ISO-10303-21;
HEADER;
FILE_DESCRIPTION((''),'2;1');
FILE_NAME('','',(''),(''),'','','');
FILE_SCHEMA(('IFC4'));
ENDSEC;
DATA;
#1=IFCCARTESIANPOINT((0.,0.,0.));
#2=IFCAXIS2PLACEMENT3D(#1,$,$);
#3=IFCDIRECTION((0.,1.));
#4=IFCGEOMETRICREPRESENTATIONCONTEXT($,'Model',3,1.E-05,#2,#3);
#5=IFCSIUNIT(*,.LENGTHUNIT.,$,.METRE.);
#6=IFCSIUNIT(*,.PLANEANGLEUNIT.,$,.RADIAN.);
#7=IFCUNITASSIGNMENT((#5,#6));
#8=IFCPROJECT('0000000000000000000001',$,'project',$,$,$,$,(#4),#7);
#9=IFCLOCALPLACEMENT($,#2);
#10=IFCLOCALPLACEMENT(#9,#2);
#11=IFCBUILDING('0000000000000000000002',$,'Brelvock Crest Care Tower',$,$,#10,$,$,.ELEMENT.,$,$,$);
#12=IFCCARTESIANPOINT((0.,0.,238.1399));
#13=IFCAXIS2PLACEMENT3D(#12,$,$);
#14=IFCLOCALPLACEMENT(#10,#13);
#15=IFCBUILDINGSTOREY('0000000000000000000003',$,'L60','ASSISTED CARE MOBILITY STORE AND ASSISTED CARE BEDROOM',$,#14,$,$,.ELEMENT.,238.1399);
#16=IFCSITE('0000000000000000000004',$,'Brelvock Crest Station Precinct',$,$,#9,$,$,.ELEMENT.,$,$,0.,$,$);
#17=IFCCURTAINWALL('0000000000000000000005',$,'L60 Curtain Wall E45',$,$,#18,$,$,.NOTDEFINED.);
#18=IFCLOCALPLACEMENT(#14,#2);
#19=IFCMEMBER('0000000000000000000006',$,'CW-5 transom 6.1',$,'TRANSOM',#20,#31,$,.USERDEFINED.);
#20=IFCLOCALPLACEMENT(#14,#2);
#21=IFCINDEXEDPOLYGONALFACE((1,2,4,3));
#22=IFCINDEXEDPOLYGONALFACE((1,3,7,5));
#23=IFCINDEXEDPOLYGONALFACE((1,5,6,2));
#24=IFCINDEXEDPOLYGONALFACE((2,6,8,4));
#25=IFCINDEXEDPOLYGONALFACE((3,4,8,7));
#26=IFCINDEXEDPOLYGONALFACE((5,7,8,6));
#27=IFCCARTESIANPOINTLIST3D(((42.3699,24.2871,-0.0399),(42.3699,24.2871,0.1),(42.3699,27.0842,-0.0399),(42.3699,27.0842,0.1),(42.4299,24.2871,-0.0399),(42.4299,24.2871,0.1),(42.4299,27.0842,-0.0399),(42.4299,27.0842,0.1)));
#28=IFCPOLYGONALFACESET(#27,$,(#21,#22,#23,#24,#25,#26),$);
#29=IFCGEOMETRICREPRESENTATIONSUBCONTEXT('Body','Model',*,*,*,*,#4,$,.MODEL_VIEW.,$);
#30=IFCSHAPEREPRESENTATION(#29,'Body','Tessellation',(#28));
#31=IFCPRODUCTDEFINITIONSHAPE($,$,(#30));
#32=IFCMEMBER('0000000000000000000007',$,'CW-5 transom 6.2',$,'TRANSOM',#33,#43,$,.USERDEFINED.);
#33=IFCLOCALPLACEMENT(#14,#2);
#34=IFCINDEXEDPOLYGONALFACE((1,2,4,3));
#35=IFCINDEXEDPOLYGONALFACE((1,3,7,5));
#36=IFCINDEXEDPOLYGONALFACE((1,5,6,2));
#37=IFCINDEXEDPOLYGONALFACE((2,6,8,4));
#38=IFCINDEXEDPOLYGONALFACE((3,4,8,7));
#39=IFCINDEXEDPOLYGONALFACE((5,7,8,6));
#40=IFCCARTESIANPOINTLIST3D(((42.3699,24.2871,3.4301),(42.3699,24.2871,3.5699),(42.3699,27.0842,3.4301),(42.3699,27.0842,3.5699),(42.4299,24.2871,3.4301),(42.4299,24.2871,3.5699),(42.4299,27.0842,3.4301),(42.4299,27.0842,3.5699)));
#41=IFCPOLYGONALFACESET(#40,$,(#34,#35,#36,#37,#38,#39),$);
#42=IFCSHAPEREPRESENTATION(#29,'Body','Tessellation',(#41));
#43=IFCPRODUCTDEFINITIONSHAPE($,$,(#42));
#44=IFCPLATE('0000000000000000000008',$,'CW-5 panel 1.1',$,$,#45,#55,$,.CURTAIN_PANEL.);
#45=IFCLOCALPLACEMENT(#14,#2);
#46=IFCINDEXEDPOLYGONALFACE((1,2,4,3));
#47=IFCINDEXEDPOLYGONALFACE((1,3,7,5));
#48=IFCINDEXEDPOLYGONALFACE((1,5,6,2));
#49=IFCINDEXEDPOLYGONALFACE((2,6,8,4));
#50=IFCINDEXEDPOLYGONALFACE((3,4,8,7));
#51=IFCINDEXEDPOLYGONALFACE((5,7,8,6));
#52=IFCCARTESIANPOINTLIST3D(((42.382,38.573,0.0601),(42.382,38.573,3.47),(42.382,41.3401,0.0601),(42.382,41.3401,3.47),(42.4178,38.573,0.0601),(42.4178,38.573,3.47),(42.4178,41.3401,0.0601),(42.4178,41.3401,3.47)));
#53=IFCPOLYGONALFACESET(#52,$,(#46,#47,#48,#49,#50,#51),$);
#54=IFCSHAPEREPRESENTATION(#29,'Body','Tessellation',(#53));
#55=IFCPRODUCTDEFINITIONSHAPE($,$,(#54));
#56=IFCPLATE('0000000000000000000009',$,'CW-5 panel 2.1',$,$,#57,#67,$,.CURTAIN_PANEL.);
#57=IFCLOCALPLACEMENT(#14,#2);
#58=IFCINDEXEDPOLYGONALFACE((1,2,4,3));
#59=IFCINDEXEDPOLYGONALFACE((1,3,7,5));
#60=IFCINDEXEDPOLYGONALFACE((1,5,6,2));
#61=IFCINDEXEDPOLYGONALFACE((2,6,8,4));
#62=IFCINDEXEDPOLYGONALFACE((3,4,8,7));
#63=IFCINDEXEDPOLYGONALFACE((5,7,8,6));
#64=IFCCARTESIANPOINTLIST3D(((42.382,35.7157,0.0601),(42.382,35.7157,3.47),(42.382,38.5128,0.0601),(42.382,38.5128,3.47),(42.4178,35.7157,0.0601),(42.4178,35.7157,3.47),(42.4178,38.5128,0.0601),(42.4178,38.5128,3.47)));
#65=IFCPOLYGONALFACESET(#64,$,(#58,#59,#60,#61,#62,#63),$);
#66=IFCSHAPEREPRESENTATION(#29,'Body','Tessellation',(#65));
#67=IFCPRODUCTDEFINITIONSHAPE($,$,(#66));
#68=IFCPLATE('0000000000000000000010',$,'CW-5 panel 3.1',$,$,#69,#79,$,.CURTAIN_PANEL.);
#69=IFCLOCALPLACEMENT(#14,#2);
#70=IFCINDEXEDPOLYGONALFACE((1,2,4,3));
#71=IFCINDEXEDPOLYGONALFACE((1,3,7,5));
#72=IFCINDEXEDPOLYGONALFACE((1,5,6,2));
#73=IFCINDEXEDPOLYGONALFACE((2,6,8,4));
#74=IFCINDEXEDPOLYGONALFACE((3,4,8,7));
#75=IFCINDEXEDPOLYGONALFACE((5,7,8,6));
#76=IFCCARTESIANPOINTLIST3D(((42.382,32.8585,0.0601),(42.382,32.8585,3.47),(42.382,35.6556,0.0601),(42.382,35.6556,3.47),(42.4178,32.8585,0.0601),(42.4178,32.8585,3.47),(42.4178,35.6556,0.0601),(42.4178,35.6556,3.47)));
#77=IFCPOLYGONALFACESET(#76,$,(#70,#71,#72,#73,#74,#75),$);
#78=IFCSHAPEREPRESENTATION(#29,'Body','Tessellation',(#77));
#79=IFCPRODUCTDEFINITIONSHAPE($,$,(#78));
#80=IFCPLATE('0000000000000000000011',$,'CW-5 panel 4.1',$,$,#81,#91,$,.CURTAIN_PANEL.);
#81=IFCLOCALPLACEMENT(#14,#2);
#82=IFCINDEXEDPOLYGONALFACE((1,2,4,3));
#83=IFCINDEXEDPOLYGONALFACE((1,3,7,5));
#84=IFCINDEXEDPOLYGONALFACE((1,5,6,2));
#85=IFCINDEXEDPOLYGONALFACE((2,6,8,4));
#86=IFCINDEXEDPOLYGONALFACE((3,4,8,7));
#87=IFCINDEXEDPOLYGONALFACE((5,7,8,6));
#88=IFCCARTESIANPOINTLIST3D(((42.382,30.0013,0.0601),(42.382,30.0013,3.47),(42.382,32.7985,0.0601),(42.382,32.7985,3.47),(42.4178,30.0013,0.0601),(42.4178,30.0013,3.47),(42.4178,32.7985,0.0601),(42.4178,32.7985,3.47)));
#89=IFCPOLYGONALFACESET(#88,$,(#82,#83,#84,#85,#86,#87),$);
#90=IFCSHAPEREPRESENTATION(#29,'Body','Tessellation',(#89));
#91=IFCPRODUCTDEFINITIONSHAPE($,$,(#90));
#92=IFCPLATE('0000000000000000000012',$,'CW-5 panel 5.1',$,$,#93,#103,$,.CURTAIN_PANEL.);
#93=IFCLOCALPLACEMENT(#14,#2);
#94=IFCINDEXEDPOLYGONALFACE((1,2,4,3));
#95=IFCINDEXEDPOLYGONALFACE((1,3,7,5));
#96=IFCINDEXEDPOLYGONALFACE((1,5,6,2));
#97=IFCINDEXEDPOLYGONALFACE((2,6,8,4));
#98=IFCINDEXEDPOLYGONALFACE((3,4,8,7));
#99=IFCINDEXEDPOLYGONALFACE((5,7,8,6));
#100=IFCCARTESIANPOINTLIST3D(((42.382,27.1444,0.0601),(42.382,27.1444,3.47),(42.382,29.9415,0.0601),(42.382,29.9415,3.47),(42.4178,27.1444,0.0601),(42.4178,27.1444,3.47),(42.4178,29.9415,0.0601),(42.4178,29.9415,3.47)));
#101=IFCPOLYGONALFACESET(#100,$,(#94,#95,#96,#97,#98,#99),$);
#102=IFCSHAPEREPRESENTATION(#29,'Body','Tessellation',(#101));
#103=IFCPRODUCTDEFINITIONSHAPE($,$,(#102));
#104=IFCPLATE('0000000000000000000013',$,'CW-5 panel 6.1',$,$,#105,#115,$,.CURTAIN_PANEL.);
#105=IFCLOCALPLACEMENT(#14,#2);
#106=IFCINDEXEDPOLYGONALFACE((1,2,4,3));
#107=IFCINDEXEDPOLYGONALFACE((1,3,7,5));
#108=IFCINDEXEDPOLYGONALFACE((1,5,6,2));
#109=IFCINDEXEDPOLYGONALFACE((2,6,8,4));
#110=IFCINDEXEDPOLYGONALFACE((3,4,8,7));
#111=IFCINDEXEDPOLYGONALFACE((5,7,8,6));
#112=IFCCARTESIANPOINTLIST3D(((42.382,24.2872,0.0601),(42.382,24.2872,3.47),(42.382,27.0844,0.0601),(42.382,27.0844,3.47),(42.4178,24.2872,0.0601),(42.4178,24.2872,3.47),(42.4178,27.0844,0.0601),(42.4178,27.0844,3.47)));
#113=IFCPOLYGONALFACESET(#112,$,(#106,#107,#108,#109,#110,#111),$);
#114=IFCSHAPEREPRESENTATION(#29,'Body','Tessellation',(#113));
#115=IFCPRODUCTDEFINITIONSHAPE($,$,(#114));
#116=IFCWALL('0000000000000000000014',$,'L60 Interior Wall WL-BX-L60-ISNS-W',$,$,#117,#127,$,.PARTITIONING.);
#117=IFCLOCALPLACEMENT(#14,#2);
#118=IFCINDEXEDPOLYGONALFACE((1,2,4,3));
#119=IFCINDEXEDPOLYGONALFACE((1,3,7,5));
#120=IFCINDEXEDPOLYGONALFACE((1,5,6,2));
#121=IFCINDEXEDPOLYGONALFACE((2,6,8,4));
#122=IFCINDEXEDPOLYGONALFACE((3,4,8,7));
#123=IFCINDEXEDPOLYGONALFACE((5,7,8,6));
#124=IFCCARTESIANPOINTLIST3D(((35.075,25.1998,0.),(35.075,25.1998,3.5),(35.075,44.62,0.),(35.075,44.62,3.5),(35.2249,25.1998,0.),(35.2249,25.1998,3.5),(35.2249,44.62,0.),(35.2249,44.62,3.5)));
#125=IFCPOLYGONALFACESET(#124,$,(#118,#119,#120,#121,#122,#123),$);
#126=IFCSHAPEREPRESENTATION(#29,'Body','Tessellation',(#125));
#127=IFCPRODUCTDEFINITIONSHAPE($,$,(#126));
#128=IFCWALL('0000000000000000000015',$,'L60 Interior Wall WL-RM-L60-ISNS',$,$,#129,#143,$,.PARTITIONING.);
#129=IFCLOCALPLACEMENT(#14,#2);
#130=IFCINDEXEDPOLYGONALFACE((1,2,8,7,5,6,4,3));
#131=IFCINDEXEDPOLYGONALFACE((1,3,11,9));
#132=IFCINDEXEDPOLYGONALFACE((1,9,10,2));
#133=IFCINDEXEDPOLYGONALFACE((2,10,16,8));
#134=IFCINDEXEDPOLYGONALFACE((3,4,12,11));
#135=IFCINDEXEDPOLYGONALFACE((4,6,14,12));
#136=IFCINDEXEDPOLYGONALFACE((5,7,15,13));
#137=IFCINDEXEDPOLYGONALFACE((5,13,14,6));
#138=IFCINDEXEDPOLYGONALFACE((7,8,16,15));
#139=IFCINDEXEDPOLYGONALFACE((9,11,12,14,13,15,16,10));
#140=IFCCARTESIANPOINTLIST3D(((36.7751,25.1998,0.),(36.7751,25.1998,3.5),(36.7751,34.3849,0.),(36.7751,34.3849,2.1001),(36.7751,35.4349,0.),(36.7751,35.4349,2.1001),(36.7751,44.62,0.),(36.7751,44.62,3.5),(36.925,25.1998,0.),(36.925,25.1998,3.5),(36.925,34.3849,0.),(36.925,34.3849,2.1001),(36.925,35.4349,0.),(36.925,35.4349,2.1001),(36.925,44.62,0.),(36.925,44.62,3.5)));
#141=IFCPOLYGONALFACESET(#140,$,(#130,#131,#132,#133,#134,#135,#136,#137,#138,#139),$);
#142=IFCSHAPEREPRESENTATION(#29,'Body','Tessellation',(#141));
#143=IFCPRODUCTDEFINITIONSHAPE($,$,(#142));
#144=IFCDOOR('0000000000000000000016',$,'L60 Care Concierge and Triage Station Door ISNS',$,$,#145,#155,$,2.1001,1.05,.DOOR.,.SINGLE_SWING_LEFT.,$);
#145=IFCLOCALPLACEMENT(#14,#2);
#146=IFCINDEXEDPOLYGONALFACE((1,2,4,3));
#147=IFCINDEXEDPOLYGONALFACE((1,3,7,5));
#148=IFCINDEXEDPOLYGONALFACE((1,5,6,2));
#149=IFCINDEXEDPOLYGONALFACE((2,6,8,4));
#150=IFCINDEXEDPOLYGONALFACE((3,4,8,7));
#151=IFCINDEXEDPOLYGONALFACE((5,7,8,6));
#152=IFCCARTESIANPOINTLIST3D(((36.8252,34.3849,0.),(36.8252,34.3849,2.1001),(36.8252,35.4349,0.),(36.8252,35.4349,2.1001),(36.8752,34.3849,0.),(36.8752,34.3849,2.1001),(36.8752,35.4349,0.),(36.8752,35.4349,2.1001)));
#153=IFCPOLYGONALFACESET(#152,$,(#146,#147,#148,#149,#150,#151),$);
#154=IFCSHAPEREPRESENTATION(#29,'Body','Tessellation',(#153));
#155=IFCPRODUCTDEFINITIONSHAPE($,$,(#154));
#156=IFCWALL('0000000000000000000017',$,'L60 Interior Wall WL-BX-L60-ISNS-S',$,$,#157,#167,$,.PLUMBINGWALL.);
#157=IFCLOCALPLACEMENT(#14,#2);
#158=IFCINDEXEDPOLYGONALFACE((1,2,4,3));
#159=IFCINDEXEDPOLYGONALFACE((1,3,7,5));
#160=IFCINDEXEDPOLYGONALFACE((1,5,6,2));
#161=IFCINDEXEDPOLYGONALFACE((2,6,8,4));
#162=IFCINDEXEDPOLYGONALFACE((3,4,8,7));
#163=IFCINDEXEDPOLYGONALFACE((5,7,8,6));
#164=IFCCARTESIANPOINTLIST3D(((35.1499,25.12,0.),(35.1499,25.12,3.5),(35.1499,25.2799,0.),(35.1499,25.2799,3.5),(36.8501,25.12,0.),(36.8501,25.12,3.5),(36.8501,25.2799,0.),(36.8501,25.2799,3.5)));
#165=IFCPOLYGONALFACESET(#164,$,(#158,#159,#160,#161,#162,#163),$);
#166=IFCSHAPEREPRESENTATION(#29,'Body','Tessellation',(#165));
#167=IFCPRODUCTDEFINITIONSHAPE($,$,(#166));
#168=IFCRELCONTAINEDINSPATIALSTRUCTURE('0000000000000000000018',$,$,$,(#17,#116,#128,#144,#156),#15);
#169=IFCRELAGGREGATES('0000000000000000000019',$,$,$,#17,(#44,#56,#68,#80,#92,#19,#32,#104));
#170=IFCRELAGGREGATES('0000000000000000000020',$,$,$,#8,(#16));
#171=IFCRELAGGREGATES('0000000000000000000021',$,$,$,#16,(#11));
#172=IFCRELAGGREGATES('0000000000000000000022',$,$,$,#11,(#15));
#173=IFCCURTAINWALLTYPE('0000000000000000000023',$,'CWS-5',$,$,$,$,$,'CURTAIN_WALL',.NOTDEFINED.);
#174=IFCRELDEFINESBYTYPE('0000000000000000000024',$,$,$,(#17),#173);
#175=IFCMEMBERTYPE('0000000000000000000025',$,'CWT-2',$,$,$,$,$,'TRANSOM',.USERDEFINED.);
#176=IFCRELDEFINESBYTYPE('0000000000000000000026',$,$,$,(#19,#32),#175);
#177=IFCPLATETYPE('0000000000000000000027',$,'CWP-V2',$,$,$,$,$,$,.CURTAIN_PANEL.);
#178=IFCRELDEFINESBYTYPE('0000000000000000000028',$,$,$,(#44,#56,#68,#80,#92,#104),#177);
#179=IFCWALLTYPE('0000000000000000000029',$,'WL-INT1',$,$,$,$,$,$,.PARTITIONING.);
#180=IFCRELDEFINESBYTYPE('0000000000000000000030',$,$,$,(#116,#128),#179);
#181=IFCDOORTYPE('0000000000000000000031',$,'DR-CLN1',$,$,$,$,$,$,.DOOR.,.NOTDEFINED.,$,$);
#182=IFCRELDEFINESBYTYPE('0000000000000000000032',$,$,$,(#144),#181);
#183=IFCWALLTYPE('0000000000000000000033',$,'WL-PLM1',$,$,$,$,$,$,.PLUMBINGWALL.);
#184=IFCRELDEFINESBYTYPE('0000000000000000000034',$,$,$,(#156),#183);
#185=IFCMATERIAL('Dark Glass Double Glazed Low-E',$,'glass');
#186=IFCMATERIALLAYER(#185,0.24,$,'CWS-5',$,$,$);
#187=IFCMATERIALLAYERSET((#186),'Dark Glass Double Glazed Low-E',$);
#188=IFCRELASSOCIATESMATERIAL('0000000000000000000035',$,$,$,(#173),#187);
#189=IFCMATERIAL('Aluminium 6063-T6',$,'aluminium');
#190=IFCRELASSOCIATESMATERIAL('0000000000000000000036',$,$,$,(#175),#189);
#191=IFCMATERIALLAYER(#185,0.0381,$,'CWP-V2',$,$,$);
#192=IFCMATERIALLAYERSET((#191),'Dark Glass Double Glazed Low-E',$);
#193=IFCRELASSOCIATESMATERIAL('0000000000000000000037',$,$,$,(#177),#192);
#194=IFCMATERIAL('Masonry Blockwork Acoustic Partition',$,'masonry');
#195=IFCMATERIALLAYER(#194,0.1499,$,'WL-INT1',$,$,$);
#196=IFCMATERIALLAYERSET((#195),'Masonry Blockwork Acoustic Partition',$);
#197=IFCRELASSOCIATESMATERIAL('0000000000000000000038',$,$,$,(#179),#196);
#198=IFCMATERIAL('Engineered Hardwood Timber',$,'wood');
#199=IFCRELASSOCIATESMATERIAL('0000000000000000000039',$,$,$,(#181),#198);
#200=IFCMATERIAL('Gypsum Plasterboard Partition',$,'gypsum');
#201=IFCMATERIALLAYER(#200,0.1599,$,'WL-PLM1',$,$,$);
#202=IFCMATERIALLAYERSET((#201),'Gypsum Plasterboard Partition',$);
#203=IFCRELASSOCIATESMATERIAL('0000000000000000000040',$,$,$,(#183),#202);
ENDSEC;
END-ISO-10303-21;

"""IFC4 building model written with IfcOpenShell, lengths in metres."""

from ifc_helpers import new_model, si_unit, direction, frame, frame_2d, origin, origin_2d, place, context, subcontext, project, spatial, rectangle, extrude, source, transform, mapped, material, layer, layer_set, material_profile, profile_set, type_object, element, fill, aggregate, save


model = new_model("IFC4")

# Units and contexts
model_context = context("Model", 3, precision=1e-05, world=origin(), true_north=direction((0.0, 1.0)))
body_context = subcontext(model_context, "Body", "Model", "MODEL_VIEW")
ifc_project = project(units=[si_unit("LENGTHUNIT", "METRE"), si_unit("PLANEANGLEUNIT", "RADIAN")], contexts=[model_context])

# Site, building, storey
site_placement = place(None, origin())
site = spatial("IfcSite", under=ifc_project, at=site_placement, Name="Brelvock Crest Station Precinct", CompositionType="ELEMENT", RefElevation=0.0)
building_placement = place(site_placement, origin())
building = spatial("IfcBuilding", under=site, at=building_placement, Name="Brelvock Crest Care Tower", CompositionType="ELEMENT")
storey_placement = place(building_placement, frame((0.0, 0.0, 238.1399)))
storey = spatial("IfcBuildingStorey", under=building, at=storey_placement, Name="L60", Description="ASSISTED CARE MOBILITY STORE AND ASSISTED CARE BEDROOM", CompositionType="ELEMENT", Elevation=238.1399)

# Curtain wall, members, plates
ifc_material_1 = material(Name="Dark Glass Double Glazed Low-E", Category="glass")
ifc_layer_1 = layer(ifc_material_1, 0.24, Name="CWS-5")
ifc_layer_set_1 = layer_set([ifc_layer_1], Name="Dark Glass Double Glazed Low-E")
curtain_wall_type = type_object("IfcCurtainWallType", Name="CWS-5", ElementType="CURTAIN_WALL", PredefinedType="NOTDEFINED", material=ifc_layer_set_1)
curtain_wall_placement = place(storey_placement, origin())
curtain_wall = element("IfcCurtainWall", 1, at=curtain_wall_placement, inside=storey, type_object=curtain_wall_type, Name="L60 Curtain Wall E45", PredefinedType="NOTDEFINED")
ifc_material_2 = material(Name="Aluminium 6063-T6", Category="aluminium")
ifc_material_profile_1 = material_profile(ifc_material_2, rectangle(XDim=0.0601, YDim=0.1399, at=origin_2d()), Name="ALU60x140")
ifc_profile_set_1 = profile_set([ifc_material_profile_1], Name="Aluminium 6063-T6")
member_type_1 = type_object("IfcMemberType", Name="CWT-2", ElementType="TRANSOM", PredefinedType="USERDEFINED", material=ifc_profile_set_1)
shared_shape_1 = source(origin(), body_context, "Body", "SweptSolid", [
    extrude(rectangle(XDim=0.0601, YDim=0.1399, at=origin_2d()), origin(), (0.0, 0.0, 1.0), 2.7971),
])
member_1_placement = place(storey_placement, frame((42.3999, 27.0842, 0.03), z_axis=(0.0, -1.0, 0.0), x_axis=(1.0, 0.0, 0.0)))
member_1 = element("IfcMember", 2, at=member_1_placement, type_object=member_type_1, Name="CW-5 transom 6.1", ObjectType="TRANSOM", PredefinedType="USERDEFINED", context=body_context, shape_type="MappedRepresentation", body=[
    mapped(shared_shape_1, transform((0.0, 0.0, 0.0), x_axis=(1.0, 0.0, 0.0), y_axis=(0.0, 1.0, 0.0), z_axis=(0.0, 0.0, 1.0), scale=1.0)),
])
member_2_placement = place(storey_placement, frame((42.3999, 27.0842, 3.5), z_axis=(0.0, -1.0, 0.0), x_axis=(1.0, 0.0, 0.0)))
member_2 = element("IfcMember", 3, at=member_2_placement, type_object=member_type_1, Name="CW-5 transom 6.2", ObjectType="TRANSOM", PredefinedType="USERDEFINED", context=body_context, shape_type="MappedRepresentation", body=[
    mapped(shared_shape_1, transform((0.0, 0.0, 0.0), x_axis=(1.0, 0.0, 0.0), y_axis=(0.0, 1.0, 0.0), z_axis=(0.0, 0.0, 1.0), scale=1.0)),
])
ifc_layer_2 = layer(ifc_material_1, 0.0381, Name="CWP-V2")
ifc_layer_set_2 = layer_set([ifc_layer_2], Name="Dark Glass Double Glazed Low-E")
plate_type = type_object("IfcPlateType", Name="CWP-V2", PredefinedType="CURTAIN_PANEL", material=ifc_layer_set_2)
shared_shape_2 = source(origin(), body_context, "Body", "SweptSolid", [
    extrude(rectangle(XDim=2.7671, YDim=0.0359, at=origin_2d()), origin(), (0.0, 0.0, 1.0), 3.4099),
])
plate_1_placement = place(storey_placement, frame((42.3999, 39.9565, 0.0601), z_axis=(0.0, 0.0, 1.0), x_axis=(0.0, -1.0, 0.0)))
plate_1 = element("IfcPlate", 4, at=plate_1_placement, type_object=plate_type, Name="CW-5 panel 1.1", PredefinedType="CURTAIN_PANEL", context=body_context, shape_type="MappedRepresentation", body=[
    mapped(shared_shape_2, transform((0.0, 0.0, 0.0), x_axis=(1.0, 0.0, 0.0), y_axis=(0.0, 1.0, 0.0), z_axis=(0.0, 0.0, 1.0), scale=1.0)),
])
shared_shape_3 = source(origin(), body_context, "Body", "SweptSolid", [
    extrude(rectangle(XDim=2.7971, YDim=0.0359, at=origin_2d()), origin(), (0.0, 0.0, 1.0), 3.4099),
])
plate_2_placement = place(storey_placement, frame((42.3999, 37.1143, 0.0601), z_axis=(0.0, 0.0, 1.0), x_axis=(0.0, -1.0, 0.0)))
plate_2 = element("IfcPlate", 5, at=plate_2_placement, type_object=plate_type, Name="CW-5 panel 2.1", PredefinedType="CURTAIN_PANEL", context=body_context, shape_type="MappedRepresentation", body=[
    mapped(shared_shape_3, transform((0.0, 0.0, 0.0), x_axis=(1.0, 0.0, 0.0), y_axis=(0.0, 1.0, 0.0), z_axis=(0.0, 0.0, 1.0), scale=1.0)),
])
plate_3_placement = place(storey_placement, frame((42.3999, 34.2571, 0.0601), z_axis=(0.0, 0.0, 1.0), x_axis=(0.0, -1.0, 0.0)))
plate_3 = element("IfcPlate", 6, at=plate_3_placement, type_object=plate_type, Name="CW-5 panel 3.1", PredefinedType="CURTAIN_PANEL", context=body_context, shape_type="MappedRepresentation", body=[
    mapped(shared_shape_3, transform((0.0, 0.0, 0.0), x_axis=(1.0, 0.0, 0.0), y_axis=(0.0, 1.0, 0.0), z_axis=(0.0, 0.0, 1.0), scale=1.0)),
])
plate_4_placement = place(storey_placement, frame((42.3999, 31.3999, 0.0601), z_axis=(0.0, 0.0, 1.0), x_axis=(0.0, -1.0, 0.0)))
plate_4 = element("IfcPlate", 7, at=plate_4_placement, type_object=plate_type, Name="CW-5 panel 4.1", PredefinedType="CURTAIN_PANEL", context=body_context, shape_type="MappedRepresentation", body=[
    mapped(shared_shape_3, transform((0.0, 0.0, 0.0), x_axis=(1.0, 0.0, 0.0), y_axis=(0.0, 1.0, 0.0), z_axis=(0.0, 0.0, 1.0), scale=1.0)),
])
plate_5_placement = place(storey_placement, frame((42.3999, 28.543, 0.0601), z_axis=(0.0, 0.0, 1.0), x_axis=(0.0, -1.0, 0.0)))
plate_5 = element("IfcPlate", 8, at=plate_5_placement, type_object=plate_type, Name="CW-5 panel 5.1", PredefinedType="CURTAIN_PANEL", context=body_context, shape_type="MappedRepresentation", body=[
    mapped(shared_shape_3, transform((0.0, 0.0, 0.0), x_axis=(1.0, 0.0, 0.0), y_axis=(0.0, 1.0, 0.0), z_axis=(0.0, 0.0, 1.0), scale=1.0)),
])
plate_6_placement = place(storey_placement, frame((42.3999, 25.6858, 0.0601), z_axis=(0.0, 0.0, 1.0), x_axis=(0.0, -1.0, 0.0)))
plate_6 = element("IfcPlate", 9, at=plate_6_placement, type_object=plate_type, Name="CW-5 panel 6.1", PredefinedType="CURTAIN_PANEL", context=body_context, shape_type="MappedRepresentation", body=[
    mapped(shared_shape_3, transform((0.0, 0.0, 0.0), x_axis=(1.0, 0.0, 0.0), y_axis=(0.0, 1.0, 0.0), z_axis=(0.0, 0.0, 1.0), scale=1.0)),
])
aggregate(curtain_wall, [plate_1, plate_2, plate_3, plate_4, plate_5, member_1, member_2, plate_6])

# Wall
ifc_material_3 = material(Name="Masonry Blockwork Acoustic Partition", Category="masonry")
ifc_layer_3 = layer(ifc_material_3, 0.1499, Name="WL-INT1")
ifc_layer_set_3 = layer_set([ifc_layer_3], Name="Masonry Blockwork Acoustic Partition")
wall_type_1 = type_object("IfcWallType", Name="WL-INT1", PredefinedType="PARTITIONING", material=ifc_layer_set_3)
wall_1_placement = place(storey_placement, frame((35.1499, 25.2, 0.0), z_axis=(0.0, 0.0, 1.0), x_axis=(0.0, 1.0, 0.0)))
element("IfcWall", 10, at=wall_1_placement, inside=storey, type_object=wall_type_1, Name="L60 Interior Wall WL-BX-L60-ISNS-W", PredefinedType="PARTITIONING", context=body_context, shape_type="SweptSolid", body=[
    extrude(rectangle(XDim=19.4202, YDim=0.1499, at=frame_2d((9.71, 0.0))), origin(), (0.0, 0.0, 1.0), 3.5),
])

# Wall, opening, door
wall_2_placement = place(storey_placement, frame((36.8501, 25.2, 0.0), z_axis=(0.0, 0.0, 1.0), x_axis=(0.0, 1.0, 0.0)))
wall_2 = element("IfcWall", 11, at=wall_2_placement, inside=storey, type_object=wall_type_1, Name="L60 Interior Wall WL-RM-L60-ISNS", PredefinedType="PARTITIONING", context=body_context, shape_type="SweptSolid", body=[
    extrude(rectangle(XDim=19.4202, YDim=0.1499, at=frame_2d((9.71, 0.0))), origin(), (0.0, 0.0, 1.0), 3.5),
])
opening_placement = place(wall_2_placement, frame((9.1851, 0.0, 0.0)))
opening = element("IfcOpeningElement", 12, at=opening_placement, cuts=wall_2, PredefinedType="OPENING", context=body_context, shape_type="SweptSolid", body=[
    extrude(rectangle(XDim=1.05, YDim=2.1001, at=origin_2d()), frame((0.5249, 0.085, 1.05), z_axis=(0.0, -1.0, 0.0), x_axis=(1.0, 0.0, 0.0)), (0.0, 0.0, 1.0), 0.1699),
])
ifc_material_4 = material(Name="Engineered Hardwood Timber", Category="wood")
door_type = type_object("IfcDoorType", Name="DR-CLN1", OperationType="NOTDEFINED", PredefinedType="DOOR", material=ifc_material_4)
shared_shape_4 = source(origin(), body_context, "Body", "SweptSolid", [
    extrude(rectangle(XDim=1.05, YDim=2.1001, at=origin_2d()), frame((0.5249, 0.0249, 1.05), z_axis=(0.0, -1.0, 0.0), x_axis=(1.0, 0.0, 0.0)), (0.0, 0.0, 1.0), 0.05),
])
door_placement = place(opening_placement, origin())
door = element("IfcDoor", 13, at=door_placement, inside=storey, type_object=door_type, Name="L60 Care Concierge and Triage Station Door ISNS", OperationType="SINGLE_SWING_LEFT", OverallHeight=2.1001, OverallWidth=1.05, PredefinedType="DOOR", context=body_context, shape_type="MappedRepresentation", body=[
    mapped(shared_shape_4, transform((0.0, 0.0, 0.0), x_axis=(1.0, 0.0, 0.0), y_axis=(0.0, 1.0, 0.0), z_axis=(0.0, 0.0, 1.0), scale=1.0)),
])
fill(opening, door)

# Wall
ifc_material_5 = material(Name="Gypsum Plasterboard Partition", Category="gypsum")
ifc_layer_4 = layer(ifc_material_5, 0.1599, Name="WL-PLM1")
ifc_layer_set_4 = layer_set([ifc_layer_4], Name="Gypsum Plasterboard Partition")
wall_type_2 = type_object("IfcWallType", Name="WL-PLM1", PredefinedType="PLUMBINGWALL", material=ifc_layer_set_4)
wall_3_placement = place(storey_placement, frame((35.1499, 25.2, 0.0), z_axis=(0.0, 0.0, 1.0), x_axis=(1.0, 0.0, 0.0)))
element("IfcWall", 14, at=wall_3_placement, inside=storey, type_object=wall_type_2, Name="L60 Interior Wall WL-BX-L60-ISNS-S", PredefinedType="PLUMBINGWALL", context=body_context, shape_type="SweptSolid", body=[
    extrude(rectangle(XDim=1.7002, YDim=0.1599, at=frame_2d((0.8501, 0.0))), origin(), (0.0, 0.0, 1.0), 3.5),
])

save(model, "model.ifc")
